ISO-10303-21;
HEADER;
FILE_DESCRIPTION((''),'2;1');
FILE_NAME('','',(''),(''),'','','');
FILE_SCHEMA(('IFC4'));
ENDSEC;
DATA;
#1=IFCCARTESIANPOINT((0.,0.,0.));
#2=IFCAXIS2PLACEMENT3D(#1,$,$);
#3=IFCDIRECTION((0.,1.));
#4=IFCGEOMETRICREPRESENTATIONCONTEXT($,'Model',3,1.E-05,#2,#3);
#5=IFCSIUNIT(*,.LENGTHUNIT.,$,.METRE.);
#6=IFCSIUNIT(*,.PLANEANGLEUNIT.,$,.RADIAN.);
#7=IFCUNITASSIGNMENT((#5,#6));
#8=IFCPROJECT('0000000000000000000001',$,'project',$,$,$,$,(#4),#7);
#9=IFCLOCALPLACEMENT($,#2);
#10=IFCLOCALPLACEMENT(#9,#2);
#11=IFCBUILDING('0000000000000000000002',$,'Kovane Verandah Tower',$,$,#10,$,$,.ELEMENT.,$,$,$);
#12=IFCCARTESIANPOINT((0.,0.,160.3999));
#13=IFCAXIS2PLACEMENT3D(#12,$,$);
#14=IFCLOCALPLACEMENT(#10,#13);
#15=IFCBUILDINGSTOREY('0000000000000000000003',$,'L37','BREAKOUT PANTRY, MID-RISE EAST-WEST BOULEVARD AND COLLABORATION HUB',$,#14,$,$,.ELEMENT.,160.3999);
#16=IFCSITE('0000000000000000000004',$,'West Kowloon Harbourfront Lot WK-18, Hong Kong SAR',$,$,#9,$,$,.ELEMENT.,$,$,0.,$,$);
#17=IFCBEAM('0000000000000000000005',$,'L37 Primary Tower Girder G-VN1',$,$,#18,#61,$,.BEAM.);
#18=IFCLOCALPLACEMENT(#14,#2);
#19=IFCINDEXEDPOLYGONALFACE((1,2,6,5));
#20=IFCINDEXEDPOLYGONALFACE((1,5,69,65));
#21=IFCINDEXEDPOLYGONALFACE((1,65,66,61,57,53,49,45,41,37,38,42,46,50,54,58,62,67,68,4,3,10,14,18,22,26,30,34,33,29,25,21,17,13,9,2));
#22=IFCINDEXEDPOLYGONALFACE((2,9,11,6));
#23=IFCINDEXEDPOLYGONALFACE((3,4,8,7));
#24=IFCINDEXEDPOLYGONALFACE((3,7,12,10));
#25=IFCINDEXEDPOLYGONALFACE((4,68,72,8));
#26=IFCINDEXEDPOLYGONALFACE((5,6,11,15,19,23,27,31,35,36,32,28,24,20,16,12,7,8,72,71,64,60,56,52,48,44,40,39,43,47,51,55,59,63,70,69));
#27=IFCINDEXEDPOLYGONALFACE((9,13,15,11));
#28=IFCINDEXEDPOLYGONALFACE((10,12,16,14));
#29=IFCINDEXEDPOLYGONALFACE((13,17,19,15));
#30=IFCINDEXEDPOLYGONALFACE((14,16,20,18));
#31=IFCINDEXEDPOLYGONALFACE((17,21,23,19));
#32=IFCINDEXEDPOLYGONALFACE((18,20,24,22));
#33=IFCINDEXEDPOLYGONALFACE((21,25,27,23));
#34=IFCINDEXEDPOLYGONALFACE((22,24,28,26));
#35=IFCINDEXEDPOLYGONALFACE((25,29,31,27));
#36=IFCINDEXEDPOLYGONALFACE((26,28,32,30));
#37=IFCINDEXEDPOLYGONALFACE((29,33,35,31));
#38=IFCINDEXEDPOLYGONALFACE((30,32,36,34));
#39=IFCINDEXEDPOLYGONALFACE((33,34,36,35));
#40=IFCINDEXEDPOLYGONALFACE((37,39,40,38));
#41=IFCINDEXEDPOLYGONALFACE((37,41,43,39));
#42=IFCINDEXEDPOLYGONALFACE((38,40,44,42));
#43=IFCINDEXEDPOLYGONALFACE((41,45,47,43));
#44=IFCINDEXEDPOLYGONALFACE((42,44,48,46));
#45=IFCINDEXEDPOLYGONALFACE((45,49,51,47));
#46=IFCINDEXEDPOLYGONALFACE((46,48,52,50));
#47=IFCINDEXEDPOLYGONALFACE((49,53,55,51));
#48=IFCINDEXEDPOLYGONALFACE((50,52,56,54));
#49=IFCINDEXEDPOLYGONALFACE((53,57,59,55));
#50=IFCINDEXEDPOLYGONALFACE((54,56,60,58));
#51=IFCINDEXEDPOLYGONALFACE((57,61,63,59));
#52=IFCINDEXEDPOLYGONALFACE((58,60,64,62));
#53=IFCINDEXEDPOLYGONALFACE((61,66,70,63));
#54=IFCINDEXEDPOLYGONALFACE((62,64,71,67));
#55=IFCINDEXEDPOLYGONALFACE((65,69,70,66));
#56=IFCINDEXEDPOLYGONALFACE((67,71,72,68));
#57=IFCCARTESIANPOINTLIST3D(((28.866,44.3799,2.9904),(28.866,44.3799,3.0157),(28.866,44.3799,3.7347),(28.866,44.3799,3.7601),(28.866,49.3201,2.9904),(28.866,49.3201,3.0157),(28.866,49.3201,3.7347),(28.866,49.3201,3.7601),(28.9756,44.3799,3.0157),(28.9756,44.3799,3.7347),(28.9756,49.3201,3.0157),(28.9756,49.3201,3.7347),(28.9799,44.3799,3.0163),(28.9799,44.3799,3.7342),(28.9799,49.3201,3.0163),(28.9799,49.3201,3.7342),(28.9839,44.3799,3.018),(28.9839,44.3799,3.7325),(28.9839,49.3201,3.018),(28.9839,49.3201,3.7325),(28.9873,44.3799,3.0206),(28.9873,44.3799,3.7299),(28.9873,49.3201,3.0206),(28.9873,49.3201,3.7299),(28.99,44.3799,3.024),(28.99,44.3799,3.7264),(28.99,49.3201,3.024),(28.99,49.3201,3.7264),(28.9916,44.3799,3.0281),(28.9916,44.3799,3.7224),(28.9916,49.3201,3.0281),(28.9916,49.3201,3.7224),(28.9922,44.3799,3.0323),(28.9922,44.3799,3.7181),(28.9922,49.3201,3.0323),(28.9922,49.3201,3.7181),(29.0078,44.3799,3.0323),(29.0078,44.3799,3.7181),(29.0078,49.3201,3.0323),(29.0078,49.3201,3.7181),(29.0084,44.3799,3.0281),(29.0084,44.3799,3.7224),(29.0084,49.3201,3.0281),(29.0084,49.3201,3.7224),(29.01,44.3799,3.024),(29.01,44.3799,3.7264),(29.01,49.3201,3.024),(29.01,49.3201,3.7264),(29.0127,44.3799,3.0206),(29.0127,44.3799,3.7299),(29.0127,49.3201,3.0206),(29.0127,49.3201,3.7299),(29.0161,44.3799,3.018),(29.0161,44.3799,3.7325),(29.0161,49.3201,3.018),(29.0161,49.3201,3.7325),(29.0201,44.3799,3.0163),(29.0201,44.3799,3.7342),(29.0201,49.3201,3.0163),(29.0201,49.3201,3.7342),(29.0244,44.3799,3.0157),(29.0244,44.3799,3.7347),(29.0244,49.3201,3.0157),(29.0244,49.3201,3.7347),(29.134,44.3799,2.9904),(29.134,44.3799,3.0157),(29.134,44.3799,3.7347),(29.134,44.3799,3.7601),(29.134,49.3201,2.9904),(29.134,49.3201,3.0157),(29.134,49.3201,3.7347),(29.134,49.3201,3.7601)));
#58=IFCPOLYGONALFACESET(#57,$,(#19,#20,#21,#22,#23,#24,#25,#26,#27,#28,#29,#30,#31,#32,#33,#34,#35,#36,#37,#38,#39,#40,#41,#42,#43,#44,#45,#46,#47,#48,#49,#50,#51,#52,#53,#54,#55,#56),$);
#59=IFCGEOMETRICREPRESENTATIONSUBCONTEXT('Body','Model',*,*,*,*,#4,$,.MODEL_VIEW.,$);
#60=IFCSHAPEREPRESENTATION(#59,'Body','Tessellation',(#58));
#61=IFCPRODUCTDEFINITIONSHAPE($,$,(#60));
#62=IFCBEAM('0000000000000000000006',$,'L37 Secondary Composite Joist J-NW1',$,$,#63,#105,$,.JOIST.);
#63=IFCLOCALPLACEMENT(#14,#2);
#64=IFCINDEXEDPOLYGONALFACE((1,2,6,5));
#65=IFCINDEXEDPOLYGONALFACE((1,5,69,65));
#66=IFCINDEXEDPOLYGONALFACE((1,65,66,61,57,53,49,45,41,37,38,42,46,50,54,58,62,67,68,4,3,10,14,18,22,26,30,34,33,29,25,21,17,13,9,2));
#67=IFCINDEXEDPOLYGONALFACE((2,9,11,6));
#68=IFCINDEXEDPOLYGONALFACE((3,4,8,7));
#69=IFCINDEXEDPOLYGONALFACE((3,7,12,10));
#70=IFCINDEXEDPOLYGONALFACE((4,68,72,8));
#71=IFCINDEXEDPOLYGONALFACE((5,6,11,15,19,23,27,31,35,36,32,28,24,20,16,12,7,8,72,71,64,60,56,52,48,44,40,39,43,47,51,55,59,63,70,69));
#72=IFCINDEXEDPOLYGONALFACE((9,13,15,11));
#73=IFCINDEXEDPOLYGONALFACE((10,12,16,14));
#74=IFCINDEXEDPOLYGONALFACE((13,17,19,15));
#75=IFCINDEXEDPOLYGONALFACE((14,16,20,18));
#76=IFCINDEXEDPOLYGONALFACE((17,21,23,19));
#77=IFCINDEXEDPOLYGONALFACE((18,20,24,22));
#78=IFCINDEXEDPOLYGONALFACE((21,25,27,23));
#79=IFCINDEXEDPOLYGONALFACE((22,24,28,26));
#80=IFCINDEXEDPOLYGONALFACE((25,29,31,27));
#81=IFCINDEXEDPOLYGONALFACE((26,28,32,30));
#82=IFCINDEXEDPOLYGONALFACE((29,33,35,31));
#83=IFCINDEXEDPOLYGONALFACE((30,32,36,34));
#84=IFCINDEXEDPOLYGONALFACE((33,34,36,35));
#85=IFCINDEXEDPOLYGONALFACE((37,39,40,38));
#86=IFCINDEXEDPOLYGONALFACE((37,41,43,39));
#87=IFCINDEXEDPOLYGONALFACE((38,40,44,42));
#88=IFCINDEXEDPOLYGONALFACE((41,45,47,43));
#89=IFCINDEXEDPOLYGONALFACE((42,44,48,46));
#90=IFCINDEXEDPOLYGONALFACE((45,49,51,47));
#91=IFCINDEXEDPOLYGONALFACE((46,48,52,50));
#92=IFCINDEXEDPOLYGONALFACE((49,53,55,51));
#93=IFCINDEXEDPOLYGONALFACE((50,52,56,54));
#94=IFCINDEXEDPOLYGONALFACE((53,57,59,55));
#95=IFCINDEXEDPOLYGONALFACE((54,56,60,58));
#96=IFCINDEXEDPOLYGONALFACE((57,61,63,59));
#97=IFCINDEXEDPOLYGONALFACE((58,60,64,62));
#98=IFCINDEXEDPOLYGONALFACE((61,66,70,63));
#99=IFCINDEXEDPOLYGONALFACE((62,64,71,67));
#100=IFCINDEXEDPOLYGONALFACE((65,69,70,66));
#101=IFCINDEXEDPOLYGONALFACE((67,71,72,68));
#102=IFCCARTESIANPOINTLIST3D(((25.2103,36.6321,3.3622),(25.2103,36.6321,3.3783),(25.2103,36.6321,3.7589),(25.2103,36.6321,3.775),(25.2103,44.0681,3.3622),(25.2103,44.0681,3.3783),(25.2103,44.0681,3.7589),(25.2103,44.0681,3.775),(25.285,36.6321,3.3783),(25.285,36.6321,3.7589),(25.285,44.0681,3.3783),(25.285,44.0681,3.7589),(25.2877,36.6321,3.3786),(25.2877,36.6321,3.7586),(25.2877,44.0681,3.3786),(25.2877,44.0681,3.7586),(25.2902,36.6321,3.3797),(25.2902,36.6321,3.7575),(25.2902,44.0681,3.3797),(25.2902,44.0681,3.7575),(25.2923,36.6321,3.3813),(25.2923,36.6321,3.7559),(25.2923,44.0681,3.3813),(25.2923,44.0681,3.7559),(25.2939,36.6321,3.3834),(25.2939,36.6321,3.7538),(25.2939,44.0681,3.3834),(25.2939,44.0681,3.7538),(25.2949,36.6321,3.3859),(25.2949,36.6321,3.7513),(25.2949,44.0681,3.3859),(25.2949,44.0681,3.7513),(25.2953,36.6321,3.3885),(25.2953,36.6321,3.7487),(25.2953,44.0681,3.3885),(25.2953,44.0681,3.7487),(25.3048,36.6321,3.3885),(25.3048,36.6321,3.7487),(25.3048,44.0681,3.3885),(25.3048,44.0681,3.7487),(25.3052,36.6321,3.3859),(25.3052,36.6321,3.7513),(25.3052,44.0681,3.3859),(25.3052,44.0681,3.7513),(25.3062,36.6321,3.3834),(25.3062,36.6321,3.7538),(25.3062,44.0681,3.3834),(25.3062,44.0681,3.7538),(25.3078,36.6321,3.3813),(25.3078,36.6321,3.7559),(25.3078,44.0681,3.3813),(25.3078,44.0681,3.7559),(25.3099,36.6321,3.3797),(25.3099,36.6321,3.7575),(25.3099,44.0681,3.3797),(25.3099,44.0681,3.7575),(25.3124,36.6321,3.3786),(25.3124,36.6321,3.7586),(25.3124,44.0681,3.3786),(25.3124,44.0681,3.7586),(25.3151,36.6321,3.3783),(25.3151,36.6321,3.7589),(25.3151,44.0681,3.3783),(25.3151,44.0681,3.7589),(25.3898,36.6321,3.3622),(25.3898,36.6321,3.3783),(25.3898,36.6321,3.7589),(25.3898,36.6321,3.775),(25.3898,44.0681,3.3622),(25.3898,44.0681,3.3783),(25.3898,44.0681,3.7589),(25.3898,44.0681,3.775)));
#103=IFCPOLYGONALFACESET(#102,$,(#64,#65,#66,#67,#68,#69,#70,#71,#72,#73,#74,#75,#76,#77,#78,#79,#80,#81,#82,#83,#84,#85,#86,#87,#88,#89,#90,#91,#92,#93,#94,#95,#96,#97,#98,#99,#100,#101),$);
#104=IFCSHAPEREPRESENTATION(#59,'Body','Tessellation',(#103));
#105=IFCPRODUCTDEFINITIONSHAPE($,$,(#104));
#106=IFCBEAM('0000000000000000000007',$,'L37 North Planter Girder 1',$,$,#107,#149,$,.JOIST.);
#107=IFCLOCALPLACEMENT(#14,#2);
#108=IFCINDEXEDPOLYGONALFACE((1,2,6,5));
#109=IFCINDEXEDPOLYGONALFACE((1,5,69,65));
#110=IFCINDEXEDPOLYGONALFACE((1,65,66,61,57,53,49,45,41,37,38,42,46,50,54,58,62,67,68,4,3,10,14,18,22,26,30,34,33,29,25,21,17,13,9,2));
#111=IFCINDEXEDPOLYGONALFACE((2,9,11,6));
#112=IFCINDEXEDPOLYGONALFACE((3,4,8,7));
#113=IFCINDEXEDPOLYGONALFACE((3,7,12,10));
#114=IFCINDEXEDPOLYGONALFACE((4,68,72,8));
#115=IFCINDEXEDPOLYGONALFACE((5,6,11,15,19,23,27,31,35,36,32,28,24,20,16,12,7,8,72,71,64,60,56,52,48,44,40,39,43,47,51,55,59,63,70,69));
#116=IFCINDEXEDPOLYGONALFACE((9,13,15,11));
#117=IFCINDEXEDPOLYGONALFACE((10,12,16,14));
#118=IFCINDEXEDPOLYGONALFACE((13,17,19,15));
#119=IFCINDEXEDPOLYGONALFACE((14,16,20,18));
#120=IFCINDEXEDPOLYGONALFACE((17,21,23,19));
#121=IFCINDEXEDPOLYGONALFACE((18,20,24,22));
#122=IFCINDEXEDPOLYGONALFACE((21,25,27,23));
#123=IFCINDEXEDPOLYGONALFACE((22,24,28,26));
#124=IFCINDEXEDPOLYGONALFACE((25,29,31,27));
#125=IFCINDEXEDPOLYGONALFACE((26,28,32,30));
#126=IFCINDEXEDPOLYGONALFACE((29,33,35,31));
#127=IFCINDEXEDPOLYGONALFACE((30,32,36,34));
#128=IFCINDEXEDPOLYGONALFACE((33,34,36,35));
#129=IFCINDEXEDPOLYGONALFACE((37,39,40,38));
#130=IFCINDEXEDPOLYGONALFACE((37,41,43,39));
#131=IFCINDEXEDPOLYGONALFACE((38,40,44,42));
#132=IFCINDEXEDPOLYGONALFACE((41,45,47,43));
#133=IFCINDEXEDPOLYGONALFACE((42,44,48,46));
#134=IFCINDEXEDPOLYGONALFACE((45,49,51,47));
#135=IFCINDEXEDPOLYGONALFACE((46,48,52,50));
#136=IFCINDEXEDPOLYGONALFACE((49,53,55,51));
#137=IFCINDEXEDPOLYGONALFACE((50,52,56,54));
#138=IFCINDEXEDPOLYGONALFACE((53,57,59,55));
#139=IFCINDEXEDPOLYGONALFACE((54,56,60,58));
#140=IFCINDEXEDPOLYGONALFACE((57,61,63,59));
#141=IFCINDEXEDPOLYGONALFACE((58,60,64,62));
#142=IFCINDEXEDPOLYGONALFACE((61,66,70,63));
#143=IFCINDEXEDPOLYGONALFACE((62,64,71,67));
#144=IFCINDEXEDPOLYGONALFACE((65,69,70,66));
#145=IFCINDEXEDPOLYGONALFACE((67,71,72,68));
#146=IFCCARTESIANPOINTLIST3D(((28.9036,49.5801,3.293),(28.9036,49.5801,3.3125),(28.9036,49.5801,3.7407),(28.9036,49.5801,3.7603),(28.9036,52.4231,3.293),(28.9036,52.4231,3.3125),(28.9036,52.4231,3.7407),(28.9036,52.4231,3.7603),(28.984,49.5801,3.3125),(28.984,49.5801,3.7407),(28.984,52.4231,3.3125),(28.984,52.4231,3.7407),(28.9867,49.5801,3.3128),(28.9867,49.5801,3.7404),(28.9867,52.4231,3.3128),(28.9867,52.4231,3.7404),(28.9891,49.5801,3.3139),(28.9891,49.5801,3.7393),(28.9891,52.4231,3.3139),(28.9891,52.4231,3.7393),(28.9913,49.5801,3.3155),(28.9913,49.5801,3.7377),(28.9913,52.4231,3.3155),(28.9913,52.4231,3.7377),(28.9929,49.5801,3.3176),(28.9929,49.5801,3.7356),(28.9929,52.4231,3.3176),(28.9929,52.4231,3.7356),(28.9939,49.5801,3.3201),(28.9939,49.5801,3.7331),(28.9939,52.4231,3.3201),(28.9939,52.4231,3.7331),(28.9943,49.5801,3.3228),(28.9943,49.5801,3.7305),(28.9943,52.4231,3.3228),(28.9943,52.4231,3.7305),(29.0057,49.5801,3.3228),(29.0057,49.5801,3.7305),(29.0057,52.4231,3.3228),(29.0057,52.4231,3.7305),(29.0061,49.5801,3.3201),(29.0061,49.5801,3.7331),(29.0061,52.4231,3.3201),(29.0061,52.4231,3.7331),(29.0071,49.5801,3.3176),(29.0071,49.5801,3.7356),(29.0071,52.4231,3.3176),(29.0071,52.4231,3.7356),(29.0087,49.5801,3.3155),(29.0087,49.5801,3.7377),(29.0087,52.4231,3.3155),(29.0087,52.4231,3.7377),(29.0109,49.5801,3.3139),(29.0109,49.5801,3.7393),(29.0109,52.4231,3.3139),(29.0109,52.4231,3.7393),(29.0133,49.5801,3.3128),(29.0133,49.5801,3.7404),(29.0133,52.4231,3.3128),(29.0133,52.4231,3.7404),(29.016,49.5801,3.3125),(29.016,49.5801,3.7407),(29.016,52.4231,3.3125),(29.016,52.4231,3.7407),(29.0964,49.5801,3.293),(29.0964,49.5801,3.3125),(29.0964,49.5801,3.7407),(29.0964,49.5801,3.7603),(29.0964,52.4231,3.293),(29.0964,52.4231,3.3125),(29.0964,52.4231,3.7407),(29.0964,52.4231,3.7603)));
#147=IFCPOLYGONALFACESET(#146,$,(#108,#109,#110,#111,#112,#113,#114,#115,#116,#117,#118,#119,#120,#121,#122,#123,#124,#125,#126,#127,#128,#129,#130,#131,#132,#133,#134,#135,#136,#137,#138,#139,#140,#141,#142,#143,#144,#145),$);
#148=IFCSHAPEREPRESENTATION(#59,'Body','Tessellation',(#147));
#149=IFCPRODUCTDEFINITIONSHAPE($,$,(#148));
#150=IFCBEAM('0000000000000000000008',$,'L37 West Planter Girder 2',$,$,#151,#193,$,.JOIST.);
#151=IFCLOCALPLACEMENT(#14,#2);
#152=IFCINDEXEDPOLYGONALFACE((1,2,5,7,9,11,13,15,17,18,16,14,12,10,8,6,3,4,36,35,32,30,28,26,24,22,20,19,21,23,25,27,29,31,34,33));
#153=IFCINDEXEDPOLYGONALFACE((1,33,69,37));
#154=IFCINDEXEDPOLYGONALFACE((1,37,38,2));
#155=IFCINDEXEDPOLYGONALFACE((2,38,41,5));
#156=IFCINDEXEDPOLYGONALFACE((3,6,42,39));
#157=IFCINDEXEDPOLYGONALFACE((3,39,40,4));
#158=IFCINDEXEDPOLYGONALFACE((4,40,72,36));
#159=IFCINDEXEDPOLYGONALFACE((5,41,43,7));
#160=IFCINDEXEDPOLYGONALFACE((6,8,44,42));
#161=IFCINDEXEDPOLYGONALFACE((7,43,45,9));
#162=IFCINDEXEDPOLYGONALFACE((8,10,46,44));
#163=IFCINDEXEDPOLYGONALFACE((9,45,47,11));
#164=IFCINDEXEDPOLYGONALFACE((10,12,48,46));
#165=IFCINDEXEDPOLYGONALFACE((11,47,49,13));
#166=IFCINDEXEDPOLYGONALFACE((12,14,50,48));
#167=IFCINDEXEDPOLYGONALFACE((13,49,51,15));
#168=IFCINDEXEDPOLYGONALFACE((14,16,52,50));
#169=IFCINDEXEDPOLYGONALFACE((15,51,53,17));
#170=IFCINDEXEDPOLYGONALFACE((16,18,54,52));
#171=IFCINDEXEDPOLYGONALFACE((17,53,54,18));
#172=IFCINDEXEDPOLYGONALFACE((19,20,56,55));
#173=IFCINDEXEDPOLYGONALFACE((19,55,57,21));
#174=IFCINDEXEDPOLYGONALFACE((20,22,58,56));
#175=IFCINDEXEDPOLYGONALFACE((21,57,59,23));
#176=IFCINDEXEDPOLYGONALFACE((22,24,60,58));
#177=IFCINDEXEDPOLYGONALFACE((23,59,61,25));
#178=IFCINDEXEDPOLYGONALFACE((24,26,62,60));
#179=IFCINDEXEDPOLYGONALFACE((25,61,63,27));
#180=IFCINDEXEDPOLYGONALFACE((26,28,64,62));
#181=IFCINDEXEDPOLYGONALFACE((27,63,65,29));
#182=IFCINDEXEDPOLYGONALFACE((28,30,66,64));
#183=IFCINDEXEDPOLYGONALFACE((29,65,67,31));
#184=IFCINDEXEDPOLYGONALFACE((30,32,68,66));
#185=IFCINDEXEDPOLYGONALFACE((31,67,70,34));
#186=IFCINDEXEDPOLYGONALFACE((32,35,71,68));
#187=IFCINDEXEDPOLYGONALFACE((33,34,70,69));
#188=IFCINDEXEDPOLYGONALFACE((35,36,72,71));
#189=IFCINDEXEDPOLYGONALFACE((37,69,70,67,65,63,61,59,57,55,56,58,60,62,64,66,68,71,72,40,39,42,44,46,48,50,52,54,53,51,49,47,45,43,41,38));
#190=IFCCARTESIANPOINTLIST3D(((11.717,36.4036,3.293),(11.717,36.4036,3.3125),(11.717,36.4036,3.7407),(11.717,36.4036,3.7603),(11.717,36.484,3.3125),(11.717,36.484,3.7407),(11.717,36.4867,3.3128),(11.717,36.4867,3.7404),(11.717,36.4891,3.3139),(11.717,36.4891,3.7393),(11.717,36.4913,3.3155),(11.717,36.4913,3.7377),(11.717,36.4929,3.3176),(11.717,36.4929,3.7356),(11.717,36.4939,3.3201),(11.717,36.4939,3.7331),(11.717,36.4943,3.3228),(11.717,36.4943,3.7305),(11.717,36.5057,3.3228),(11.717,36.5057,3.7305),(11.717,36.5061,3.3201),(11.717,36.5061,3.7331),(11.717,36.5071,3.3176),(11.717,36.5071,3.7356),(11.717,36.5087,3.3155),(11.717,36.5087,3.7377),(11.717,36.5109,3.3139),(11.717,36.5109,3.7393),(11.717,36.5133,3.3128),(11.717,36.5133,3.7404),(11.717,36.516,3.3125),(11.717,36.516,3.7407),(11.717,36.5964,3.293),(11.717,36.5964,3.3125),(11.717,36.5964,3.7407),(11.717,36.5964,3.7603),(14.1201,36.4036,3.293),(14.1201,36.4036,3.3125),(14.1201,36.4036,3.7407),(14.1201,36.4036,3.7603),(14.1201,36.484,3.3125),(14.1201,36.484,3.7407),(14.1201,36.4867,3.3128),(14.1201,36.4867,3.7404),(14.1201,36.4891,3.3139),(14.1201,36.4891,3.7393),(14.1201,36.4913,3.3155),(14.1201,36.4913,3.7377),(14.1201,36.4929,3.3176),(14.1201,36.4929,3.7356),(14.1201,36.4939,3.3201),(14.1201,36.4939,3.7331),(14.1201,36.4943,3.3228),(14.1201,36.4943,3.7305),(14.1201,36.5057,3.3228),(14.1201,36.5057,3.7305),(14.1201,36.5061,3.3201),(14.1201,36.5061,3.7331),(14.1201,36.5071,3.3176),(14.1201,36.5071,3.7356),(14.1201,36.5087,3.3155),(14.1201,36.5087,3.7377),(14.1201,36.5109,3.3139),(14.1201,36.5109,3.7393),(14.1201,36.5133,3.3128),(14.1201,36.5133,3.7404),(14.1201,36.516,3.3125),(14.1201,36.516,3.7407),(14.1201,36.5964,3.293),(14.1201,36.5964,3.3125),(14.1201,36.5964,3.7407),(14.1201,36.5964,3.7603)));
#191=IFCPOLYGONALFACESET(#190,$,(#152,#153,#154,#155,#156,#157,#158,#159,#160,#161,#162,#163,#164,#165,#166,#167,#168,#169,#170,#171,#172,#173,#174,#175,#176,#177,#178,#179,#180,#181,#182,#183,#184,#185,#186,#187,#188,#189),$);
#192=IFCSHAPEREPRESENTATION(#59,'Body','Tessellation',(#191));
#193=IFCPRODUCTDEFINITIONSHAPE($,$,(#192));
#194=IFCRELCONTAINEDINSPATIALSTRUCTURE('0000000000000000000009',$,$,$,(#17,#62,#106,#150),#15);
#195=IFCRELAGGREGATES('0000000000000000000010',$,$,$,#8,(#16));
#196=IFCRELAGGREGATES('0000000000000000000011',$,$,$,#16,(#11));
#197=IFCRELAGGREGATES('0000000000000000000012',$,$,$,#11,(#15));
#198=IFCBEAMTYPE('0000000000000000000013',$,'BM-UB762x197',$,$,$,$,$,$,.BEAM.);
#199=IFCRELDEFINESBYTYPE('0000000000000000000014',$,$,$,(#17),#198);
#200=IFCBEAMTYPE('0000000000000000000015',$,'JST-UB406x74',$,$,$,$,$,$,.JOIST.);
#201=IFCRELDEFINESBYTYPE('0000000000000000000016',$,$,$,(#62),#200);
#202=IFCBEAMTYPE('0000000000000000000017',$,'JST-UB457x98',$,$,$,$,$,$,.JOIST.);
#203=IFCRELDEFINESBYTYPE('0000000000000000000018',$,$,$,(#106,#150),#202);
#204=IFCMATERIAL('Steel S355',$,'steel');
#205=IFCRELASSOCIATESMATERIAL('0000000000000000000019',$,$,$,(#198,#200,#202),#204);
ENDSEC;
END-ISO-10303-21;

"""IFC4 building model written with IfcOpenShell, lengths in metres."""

from ifc_helpers import new_model, si_unit, direction, frame, origin, origin_2d, place, context, subcontext, project, spatial, i_section, extrude, material, material_profile, profile_set, type_object, element, save


model = new_model("IFC4")

# Units and contexts
model_context = context("Model", 3, precision=1e-05, world=origin(), true_north=direction((0.0, 1.0)))
body_context = subcontext(model_context, "Body", "Model", "MODEL_VIEW")
ifc_project = project(units=[si_unit("LENGTHUNIT", "METRE"), si_unit("PLANEANGLEUNIT", "RADIAN")], contexts=[model_context])

# Site, building, storey
site_placement = place(None, origin())
site = spatial("IfcSite", under=ifc_project, at=site_placement, Name="West Kowloon Harbourfront Lot WK-18, Hong Kong SAR", CompositionType="ELEMENT", RefElevation=0.0)
building_placement = place(site_placement, origin())
building = spatial("IfcBuilding", under=site, at=building_placement, Name="Kovane Verandah Tower", CompositionType="ELEMENT")
storey_placement = place(building_placement, frame((0.0, 0.0, 160.3999)))
storey = spatial("IfcBuildingStorey", under=building, at=storey_placement, Name="L37", Description="BREAKOUT PANTRY, MID-RISE EAST-WEST BOULEVARD AND COLLABORATION HUB", CompositionType="ELEMENT", Elevation=160.3999)

# Beams
ifc_material_1 = material(Name="Steel S355", Category="steel")
ifc_material_profile_1 = material_profile(ifc_material_1, i_section(OverallWidth=0.2681, OverallDepth=0.7698, WebThickness=0.0156, FlangeThickness=0.0254, FilletRadius=0.0166, at=origin_2d()), Name="UB762x267x197")
ifc_profile_set_1 = profile_set([ifc_material_profile_1], Name="Steel S355")
beam_type_1 = type_object("IfcBeamType", Name="BM-UB762x197", PredefinedType="BEAM", material=ifc_profile_set_1)
beam_1_placement = place(storey_placement, frame((29.0, 44.3799, 3.3752), z_axis=(0.0, 1.0, 0.0), x_axis=(-1.0, 0.0, 0.0)))
element("IfcBeam", 1, at=beam_1_placement, inside=storey, type_object=beam_type_1, Name="L37 Primary Tower Girder G-VN1", PredefinedType="BEAM", context=body_context, shape_type="SweptSolid", body=[
    extrude(i_section(OverallWidth=0.2681, OverallDepth=0.7698, WebThickness=0.0156, FlangeThickness=0.0254, FilletRadius=0.0166, at=origin_2d()), origin(), (0.0, 0.0, 1.0), 4.9402),
])
ifc_material_profile_2 = material_profile(ifc_material_1, i_section(OverallWidth=0.1794, OverallDepth=0.4128, WebThickness=0.0095, FlangeThickness=0.0161, FilletRadius=0.0103, at=origin_2d()), Name="UB406x178x74")
ifc_profile_set_2 = profile_set([ifc_material_profile_2], Name="Steel S355")
beam_type_2 = type_object("IfcBeamType", Name="JST-UB406x74", PredefinedType="JOIST", material=ifc_profile_set_2)
beam_2_placement = place(storey_placement, frame((25.3, 36.6321, 3.5686), z_axis=(0.0, 1.0, 0.0), x_axis=(-1.0, 0.0, 0.0)))
element("IfcBeam", 2, at=beam_2_placement, inside=storey, type_object=beam_type_2, Name="L37 Secondary Composite Joist J-NW1", PredefinedType="JOIST", context=body_context, shape_type="SweptSolid", body=[
    extrude(i_section(OverallWidth=0.1794, OverallDepth=0.4128, WebThickness=0.0095, FlangeThickness=0.0161, FilletRadius=0.0103, at=origin_2d()), origin(), (0.0, 0.0, 1.0), 7.436),
])
ifc_material_profile_3 = material_profile(ifc_material_1, i_section(OverallWidth=0.1929, OverallDepth=0.4673, WebThickness=0.0115, FlangeThickness=0.0195, FilletRadius=0.0103, at=origin_2d()), Name="UB457x191x98")
ifc_profile_set_3 = profile_set([ifc_material_profile_3], Name="Steel S355")
beam_type_3 = type_object("IfcBeamType", Name="JST-UB457x98", PredefinedType="JOIST", material=ifc_profile_set_3)
beam_3_placement = place(storey_placement, frame((29.0, 49.5801, 3.5266), z_axis=(0.0, 1.0, 0.0), x_axis=(-1.0, 0.0, 0.0)))
element("IfcBeam", 3, at=beam_3_placement, inside=storey, type_object=beam_type_3, Name="L37 North Planter Girder 1", PredefinedType="JOIST", context=body_context, shape_type="SweptSolid", body=[
    extrude(i_section(OverallWidth=0.1929, OverallDepth=0.4673, WebThickness=0.0115, FlangeThickness=0.0195, FilletRadius=0.0103, at=origin_2d()), origin(), (0.0, 0.0, 1.0), 2.843),
])
beam_4_placement = place(storey_placement, frame((14.1201, 36.5, 3.5266), z_axis=(-1.0, 0.0, 0.0), x_axis=(0.0, -1.0, 0.0)))
element("IfcBeam", 4, at=beam_4_placement, inside=storey, type_object=beam_type_3, Name="L37 West Planter Girder 2", PredefinedType="JOIST", context=body_context, shape_type="SweptSolid", body=[
    extrude(i_section(OverallWidth=0.1929, OverallDepth=0.4673, WebThickness=0.0115, FlangeThickness=0.0195, FilletRadius=0.0103, at=origin_2d()), origin(), (0.0, 0.0, 1.0), 2.4031),
])

save(model, "model.ifc")
